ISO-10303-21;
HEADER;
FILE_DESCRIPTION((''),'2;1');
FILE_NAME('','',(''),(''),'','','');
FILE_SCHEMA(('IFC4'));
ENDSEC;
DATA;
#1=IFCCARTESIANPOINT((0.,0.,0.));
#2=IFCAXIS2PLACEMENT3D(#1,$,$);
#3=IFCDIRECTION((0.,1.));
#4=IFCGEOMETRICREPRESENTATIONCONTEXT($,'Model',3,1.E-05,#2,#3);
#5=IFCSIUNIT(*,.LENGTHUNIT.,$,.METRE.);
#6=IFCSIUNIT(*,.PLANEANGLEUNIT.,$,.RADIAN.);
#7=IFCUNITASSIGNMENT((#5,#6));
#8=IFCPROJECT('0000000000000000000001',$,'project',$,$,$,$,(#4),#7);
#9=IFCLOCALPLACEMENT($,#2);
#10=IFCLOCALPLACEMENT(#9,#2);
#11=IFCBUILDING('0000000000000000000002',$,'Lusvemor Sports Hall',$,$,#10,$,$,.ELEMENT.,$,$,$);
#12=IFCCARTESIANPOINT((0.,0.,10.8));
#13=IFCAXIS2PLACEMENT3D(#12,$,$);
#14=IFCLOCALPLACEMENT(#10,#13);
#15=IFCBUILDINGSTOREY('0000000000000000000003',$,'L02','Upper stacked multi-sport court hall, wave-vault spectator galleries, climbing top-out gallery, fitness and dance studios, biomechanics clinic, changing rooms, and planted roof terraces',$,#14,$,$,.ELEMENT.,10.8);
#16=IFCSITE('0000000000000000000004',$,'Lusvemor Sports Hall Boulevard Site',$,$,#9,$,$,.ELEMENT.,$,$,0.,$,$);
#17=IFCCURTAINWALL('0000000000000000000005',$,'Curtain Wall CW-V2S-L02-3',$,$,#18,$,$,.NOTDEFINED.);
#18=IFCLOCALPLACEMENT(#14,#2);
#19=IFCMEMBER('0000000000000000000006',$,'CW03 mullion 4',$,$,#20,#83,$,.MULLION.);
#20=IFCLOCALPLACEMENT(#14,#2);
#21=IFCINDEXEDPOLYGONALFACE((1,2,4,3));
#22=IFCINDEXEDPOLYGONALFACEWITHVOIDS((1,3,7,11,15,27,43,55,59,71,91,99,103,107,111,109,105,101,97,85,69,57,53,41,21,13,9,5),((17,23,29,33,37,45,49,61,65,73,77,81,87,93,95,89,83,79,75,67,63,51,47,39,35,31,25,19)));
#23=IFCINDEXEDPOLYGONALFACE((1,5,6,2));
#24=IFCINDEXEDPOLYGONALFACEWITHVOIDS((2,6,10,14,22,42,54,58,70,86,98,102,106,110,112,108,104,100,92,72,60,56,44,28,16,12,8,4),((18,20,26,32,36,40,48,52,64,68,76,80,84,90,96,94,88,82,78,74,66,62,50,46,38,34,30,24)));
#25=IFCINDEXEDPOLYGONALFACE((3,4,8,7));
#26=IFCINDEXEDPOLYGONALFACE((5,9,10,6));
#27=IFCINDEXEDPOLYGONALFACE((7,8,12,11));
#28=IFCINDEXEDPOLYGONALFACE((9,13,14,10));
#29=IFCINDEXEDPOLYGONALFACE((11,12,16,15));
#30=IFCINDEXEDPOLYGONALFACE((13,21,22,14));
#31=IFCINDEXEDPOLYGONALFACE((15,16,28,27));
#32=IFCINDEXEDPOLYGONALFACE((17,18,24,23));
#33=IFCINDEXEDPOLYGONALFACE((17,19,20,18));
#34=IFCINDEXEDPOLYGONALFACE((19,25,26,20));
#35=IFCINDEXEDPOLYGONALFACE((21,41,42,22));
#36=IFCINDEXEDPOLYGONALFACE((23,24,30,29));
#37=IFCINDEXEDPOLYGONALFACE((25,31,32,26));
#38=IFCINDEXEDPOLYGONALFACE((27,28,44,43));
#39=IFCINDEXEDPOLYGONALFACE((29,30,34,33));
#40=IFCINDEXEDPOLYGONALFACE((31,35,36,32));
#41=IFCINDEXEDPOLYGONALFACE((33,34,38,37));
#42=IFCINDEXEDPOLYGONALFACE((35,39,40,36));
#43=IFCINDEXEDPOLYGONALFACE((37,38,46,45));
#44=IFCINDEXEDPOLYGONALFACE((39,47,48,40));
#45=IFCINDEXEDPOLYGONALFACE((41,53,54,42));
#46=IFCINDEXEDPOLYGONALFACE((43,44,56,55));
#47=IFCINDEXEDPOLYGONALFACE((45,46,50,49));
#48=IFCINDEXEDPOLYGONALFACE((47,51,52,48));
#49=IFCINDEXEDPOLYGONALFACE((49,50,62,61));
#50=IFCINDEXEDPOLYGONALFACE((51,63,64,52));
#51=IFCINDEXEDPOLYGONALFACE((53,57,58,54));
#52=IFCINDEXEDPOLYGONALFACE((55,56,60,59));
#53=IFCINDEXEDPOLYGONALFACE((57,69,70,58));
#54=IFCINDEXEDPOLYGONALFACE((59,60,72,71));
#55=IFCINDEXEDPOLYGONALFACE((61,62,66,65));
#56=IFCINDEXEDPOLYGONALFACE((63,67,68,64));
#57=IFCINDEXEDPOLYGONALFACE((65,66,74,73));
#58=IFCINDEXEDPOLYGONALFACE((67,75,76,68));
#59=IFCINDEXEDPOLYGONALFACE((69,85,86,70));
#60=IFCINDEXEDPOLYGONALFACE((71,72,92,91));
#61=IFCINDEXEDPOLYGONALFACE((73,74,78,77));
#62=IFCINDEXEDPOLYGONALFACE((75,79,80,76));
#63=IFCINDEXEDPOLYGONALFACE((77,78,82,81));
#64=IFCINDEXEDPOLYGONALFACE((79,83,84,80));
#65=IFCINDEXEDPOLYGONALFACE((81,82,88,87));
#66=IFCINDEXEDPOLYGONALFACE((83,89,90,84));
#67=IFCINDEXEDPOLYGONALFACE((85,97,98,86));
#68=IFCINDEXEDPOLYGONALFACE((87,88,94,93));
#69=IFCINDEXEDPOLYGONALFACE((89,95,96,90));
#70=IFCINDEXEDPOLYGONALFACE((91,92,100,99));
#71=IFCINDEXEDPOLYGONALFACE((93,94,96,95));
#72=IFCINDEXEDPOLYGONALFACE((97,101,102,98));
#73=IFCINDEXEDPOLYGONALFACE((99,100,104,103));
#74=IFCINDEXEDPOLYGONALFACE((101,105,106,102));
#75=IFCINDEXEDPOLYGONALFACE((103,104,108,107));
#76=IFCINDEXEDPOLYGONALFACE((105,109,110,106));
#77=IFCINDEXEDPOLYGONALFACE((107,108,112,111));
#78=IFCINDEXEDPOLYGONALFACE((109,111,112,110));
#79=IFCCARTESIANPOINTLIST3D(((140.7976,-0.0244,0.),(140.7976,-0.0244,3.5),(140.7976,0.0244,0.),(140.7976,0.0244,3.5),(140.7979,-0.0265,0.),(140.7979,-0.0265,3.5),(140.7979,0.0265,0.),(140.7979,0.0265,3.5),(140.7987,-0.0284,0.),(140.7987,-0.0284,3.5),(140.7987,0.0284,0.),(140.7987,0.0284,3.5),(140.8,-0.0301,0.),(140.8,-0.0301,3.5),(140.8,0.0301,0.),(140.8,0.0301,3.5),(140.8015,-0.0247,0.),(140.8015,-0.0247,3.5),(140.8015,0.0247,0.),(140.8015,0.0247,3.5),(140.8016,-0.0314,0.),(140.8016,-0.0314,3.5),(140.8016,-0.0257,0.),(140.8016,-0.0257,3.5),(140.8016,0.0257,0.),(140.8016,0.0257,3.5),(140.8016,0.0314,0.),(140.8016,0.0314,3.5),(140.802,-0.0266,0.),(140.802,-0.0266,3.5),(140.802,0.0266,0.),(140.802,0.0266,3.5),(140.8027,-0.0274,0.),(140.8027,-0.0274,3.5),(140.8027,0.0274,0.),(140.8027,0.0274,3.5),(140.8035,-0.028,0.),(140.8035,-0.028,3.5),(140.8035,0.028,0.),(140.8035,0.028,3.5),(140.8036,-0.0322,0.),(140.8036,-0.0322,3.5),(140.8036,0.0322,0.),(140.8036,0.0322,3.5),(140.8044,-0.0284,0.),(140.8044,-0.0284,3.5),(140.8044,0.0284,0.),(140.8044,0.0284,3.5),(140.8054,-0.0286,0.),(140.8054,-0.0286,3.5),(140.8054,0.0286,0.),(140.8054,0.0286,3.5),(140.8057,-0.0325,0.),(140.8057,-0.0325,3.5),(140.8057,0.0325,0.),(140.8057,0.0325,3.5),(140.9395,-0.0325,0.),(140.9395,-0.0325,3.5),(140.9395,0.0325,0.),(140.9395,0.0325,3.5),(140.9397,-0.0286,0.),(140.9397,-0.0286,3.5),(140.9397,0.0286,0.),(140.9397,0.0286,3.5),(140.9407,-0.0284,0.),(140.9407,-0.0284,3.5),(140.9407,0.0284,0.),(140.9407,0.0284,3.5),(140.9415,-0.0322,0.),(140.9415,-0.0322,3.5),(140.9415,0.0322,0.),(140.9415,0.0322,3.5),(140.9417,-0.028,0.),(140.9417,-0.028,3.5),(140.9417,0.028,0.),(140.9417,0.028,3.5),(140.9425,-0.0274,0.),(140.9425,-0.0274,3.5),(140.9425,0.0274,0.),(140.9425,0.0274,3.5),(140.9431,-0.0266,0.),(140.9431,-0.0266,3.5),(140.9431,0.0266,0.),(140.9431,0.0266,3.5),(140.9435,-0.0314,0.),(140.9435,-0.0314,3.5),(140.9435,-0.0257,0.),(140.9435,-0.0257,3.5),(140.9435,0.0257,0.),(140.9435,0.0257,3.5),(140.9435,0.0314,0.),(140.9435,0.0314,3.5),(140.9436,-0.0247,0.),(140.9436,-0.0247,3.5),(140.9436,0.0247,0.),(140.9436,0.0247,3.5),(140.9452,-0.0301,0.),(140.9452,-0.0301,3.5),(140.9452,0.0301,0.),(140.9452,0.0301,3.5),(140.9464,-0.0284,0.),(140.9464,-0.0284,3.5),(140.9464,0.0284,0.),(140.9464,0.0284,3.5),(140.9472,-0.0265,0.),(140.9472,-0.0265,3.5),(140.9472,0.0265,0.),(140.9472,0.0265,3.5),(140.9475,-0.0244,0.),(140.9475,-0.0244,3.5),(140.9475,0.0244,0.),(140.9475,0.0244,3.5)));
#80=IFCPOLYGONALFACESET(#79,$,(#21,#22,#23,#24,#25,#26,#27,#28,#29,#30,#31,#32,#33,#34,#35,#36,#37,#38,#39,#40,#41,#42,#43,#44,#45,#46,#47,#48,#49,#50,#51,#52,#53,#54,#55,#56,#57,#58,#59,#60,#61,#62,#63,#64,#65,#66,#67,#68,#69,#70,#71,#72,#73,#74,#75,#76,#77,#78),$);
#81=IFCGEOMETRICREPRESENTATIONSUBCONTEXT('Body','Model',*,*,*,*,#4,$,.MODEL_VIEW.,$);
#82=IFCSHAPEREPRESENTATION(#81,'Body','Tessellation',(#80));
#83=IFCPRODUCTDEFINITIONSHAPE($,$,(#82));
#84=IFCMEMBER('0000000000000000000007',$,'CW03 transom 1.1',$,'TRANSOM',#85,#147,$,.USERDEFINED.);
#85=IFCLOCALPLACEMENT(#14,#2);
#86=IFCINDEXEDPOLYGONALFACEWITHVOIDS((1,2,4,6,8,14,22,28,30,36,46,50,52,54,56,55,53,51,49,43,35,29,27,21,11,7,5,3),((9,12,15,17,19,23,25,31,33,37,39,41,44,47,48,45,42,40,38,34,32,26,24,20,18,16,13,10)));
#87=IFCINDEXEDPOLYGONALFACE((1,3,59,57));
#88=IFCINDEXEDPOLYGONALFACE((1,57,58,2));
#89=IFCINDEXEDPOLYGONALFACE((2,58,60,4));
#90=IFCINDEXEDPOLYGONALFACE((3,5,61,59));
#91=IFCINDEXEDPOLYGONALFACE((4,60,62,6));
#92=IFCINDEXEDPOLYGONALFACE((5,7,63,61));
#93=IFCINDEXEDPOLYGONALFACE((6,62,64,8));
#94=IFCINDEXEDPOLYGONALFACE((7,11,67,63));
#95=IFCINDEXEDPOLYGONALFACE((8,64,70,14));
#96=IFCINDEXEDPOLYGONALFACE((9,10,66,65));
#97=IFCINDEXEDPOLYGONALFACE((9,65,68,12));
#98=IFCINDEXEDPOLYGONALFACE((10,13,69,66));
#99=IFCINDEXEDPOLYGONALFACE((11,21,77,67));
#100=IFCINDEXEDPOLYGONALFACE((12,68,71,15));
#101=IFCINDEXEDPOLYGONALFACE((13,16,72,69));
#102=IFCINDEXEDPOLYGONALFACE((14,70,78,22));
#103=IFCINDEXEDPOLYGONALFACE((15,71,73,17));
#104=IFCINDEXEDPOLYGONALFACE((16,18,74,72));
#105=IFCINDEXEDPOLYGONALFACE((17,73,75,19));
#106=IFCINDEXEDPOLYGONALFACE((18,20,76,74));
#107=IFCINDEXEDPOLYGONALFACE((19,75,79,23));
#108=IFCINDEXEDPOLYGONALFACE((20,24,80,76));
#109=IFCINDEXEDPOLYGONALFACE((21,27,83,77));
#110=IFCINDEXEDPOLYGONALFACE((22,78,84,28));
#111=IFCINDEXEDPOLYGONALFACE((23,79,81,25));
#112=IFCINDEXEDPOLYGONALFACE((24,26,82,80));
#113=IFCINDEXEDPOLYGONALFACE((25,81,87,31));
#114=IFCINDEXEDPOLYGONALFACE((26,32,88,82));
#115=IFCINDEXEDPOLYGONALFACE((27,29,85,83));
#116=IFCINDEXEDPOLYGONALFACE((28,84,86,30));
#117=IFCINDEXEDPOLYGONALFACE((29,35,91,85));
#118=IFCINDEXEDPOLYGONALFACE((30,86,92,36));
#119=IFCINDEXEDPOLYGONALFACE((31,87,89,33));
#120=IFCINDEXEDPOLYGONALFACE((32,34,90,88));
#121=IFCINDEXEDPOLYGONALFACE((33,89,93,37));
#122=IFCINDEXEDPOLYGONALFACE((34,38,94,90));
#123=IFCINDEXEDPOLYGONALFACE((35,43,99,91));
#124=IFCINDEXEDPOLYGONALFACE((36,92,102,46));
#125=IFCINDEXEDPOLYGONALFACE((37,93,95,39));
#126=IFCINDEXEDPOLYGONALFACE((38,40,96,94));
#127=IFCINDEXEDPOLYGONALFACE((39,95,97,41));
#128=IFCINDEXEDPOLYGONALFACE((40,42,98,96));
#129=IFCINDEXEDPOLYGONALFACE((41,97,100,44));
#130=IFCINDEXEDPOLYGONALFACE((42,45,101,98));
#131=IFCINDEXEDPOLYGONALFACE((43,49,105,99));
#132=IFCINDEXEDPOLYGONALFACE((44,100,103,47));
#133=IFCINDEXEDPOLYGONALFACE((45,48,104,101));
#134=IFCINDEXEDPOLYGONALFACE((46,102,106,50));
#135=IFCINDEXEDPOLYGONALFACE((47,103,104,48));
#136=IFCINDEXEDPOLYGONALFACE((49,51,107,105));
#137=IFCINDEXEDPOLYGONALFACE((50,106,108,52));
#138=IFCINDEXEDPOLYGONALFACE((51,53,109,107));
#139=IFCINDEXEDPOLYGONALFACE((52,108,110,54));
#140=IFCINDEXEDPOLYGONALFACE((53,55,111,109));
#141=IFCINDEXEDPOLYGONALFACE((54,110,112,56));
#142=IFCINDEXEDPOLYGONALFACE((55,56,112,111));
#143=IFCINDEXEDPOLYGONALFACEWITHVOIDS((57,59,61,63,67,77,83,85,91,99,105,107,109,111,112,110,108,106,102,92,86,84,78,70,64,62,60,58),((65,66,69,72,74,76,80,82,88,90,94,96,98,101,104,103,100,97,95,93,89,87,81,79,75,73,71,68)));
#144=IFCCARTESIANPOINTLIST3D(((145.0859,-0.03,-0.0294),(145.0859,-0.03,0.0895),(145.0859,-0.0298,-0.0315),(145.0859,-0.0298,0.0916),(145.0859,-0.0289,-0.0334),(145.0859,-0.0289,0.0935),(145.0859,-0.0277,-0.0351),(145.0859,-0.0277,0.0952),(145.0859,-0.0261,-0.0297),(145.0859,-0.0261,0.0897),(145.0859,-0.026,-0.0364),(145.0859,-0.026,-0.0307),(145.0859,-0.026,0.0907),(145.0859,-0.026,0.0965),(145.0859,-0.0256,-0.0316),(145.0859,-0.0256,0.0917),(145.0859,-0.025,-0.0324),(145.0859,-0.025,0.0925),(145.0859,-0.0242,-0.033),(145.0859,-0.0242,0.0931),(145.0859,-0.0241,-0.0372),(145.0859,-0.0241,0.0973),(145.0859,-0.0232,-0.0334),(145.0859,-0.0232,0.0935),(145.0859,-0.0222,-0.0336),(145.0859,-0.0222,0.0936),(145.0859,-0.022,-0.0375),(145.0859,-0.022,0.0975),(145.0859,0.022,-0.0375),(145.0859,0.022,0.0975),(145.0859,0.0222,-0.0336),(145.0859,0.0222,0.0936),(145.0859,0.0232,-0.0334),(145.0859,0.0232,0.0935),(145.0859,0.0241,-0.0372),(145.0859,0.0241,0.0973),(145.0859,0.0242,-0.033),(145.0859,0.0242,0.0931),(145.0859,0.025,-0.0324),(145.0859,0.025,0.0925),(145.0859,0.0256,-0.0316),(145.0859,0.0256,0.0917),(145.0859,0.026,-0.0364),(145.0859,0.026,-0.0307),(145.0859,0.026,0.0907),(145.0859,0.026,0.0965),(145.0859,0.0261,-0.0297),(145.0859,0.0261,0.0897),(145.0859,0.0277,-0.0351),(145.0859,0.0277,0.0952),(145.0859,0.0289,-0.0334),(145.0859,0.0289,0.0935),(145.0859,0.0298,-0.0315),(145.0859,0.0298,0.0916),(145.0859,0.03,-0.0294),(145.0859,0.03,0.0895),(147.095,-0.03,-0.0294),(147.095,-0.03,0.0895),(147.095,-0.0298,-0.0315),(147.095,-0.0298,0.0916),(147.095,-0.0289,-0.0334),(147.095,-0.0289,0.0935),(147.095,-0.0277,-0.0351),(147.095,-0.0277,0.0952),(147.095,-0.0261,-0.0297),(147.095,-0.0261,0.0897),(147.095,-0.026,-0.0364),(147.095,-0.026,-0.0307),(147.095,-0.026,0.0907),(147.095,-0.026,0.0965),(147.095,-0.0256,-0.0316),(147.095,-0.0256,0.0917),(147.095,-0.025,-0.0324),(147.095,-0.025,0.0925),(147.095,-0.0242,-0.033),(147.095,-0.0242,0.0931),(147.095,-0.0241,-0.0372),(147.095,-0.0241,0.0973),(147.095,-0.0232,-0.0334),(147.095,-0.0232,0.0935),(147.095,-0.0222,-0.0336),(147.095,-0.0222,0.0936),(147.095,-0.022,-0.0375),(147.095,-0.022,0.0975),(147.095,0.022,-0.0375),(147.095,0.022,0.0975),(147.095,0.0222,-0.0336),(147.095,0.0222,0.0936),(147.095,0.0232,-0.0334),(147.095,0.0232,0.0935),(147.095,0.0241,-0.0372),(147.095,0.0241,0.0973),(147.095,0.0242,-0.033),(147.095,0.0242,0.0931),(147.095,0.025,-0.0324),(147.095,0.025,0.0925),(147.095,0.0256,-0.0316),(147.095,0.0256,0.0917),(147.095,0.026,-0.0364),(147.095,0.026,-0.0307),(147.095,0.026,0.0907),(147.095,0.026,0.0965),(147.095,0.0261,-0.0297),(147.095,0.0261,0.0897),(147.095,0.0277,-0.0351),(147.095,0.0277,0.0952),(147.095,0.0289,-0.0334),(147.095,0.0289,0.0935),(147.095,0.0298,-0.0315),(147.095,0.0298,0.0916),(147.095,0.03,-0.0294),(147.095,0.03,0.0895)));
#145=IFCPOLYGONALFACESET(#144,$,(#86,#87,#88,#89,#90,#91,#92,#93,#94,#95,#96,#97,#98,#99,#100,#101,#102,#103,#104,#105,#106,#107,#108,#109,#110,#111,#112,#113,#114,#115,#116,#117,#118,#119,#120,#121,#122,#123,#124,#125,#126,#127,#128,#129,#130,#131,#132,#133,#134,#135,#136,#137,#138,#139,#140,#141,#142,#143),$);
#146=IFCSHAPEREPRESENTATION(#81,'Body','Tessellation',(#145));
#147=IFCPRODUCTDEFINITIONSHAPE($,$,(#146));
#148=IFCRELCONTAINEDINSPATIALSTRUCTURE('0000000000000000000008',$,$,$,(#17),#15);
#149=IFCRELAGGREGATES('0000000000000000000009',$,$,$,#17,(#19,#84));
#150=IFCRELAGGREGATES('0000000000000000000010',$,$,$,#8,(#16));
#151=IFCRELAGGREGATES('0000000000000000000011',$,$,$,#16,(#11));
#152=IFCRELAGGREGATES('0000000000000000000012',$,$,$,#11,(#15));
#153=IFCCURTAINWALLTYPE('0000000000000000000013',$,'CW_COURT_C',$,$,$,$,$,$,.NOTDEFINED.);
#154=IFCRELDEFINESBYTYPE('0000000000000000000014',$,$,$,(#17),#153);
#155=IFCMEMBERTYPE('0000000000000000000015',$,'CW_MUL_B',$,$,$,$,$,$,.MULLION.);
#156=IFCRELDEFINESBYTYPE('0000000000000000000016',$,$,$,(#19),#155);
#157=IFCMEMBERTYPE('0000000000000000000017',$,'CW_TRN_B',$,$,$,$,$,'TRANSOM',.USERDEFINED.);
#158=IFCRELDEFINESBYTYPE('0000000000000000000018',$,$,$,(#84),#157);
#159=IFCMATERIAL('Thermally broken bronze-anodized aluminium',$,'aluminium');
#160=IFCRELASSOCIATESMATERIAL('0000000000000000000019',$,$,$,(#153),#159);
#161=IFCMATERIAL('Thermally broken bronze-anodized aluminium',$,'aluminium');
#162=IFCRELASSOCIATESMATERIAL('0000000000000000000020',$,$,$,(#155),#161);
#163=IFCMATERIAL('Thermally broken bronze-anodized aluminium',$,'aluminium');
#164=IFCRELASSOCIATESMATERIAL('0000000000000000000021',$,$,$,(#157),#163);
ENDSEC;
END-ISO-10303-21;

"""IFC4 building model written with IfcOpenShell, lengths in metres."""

from ifc_helpers import new_model, si_unit, direction, frame, origin, origin_2d, place, context, subcontext, project, spatial, hollow_rectangle, extrude, material, material_profile, profile_set, type_object, element, aggregate, save


model = new_model("IFC4")

# Units and contexts
model_context = context("Model", 3, precision=1e-05, world=origin(), true_north=direction((0.0, 1.0)))
body_context = subcontext(model_context, "Body", "Model", "MODEL_VIEW")
ifc_project = project(units=[si_unit("LENGTHUNIT", "METRE"), si_unit("PLANEANGLEUNIT", "RADIAN")], contexts=[model_context])

# Site, building, storey
site_placement = place(None, origin())
site = spatial("IfcSite", under=ifc_project, at=site_placement, Name="Lusvemor Sports Hall Boulevard Site", CompositionType="ELEMENT", RefElevation=0.0)
building_placement = place(site_placement, origin())
building = spatial("IfcBuilding", under=site, at=building_placement, Name="Lusvemor Sports Hall", CompositionType="ELEMENT")
storey_placement = place(building_placement, frame((0.0, 0.0, 10.8)))
storey = spatial("IfcBuildingStorey", under=building, at=storey_placement, Name="L02", Description="Upper stacked multi-sport court hall, wave-vault spectator galleries, climbing top-out gallery, fitness and dance studios, biomechanics clinic, changing rooms, and planted roof terraces", CompositionType="ELEMENT", Elevation=10.8)

# Curtain wall, members
ifc_material_1 = material(Name="Thermally broken bronze-anodized aluminium", Category="aluminium")
curtain_wall_type = type_object("IfcCurtainWallType", Name="CW_COURT_C", PredefinedType="NOTDEFINED", material=ifc_material_1)
curtain_wall_placement = place(storey_placement, origin())
curtain_wall = element("IfcCurtainWall", 1, at=curtain_wall_placement, inside=storey, type_object=curtain_wall_type, Name="Curtain Wall CW-V2S-L02-3", PredefinedType="NOTDEFINED")
ifc_material_2 = material(Name="Thermally broken bronze-anodized aluminium", Category="aluminium")
ifc_material_profile_1 = material_profile(ifc_material_2, hollow_rectangle(XDim=0.0649, YDim=0.1499, WallThickness=0.0039, InnerFilletRadius=0.0039, OuterFilletRadius=0.0081, at=origin_2d()), Name="CWMUL150x65x4")
ifc_profile_set_1 = profile_set([ifc_material_profile_1], Name="Thermally broken bronze-anodized aluminium")
member_type_1 = type_object("IfcMemberType", Name="CW_MUL_B", PredefinedType="MULLION", material=ifc_profile_set_1)
member_1_placement = place(storey_placement, frame((140.8726, 0.0, 0.0), z_axis=(0.0, 0.0, 1.0), x_axis=(0.0, -1.0, 0.0)))
member_1 = element("IfcMember", 2, at=member_1_placement, type_object=member_type_1, Name="CW03 mullion 4", PredefinedType="MULLION", context=body_context, shape_type="SweptSolid", body=[
    extrude(hollow_rectangle(XDim=0.0649, YDim=0.1499, WallThickness=0.0039, InnerFilletRadius=0.0039, OuterFilletRadius=0.0081, at=origin_2d()), origin(), (0.0, 0.0, 1.0), 3.5),
])
ifc_material_3 = material(Name="Thermally broken bronze-anodized aluminium", Category="aluminium")
ifc_material_profile_2 = material_profile(ifc_material_3, hollow_rectangle(XDim=0.0601, YDim=0.135, WallThickness=0.0039, InnerFilletRadius=0.0039, OuterFilletRadius=0.0081, at=origin_2d()), Name="CWTRN135x60x4")
ifc_profile_set_2 = profile_set([ifc_material_profile_2], Name="Thermally broken bronze-anodized aluminium")
member_type_2 = type_object("IfcMemberType", Name="CW_TRN_B", ElementType="TRANSOM", PredefinedType="USERDEFINED", material=ifc_profile_set_2)
member_2_placement = place(storey_placement, frame((147.095, 0.0, 0.03), z_axis=(-1.0, 0.0, 0.0), x_axis=(0.0, -1.0, 0.0)))
member_2 = element("IfcMember", 3, at=member_2_placement, type_object=member_type_2, Name="CW03 transom 1.1", ObjectType="TRANSOM", PredefinedType="USERDEFINED", context=body_context, shape_type="SweptSolid", body=[
    extrude(hollow_rectangle(XDim=0.0601, YDim=0.135, WallThickness=0.0039, InnerFilletRadius=0.0039, OuterFilletRadius=0.0081, at=origin_2d()), origin(), (0.0, 0.0, 1.0), 2.009),
])

aggregate(curtain_wall, [member_1, member_2])

save(model, "model.ifc")
